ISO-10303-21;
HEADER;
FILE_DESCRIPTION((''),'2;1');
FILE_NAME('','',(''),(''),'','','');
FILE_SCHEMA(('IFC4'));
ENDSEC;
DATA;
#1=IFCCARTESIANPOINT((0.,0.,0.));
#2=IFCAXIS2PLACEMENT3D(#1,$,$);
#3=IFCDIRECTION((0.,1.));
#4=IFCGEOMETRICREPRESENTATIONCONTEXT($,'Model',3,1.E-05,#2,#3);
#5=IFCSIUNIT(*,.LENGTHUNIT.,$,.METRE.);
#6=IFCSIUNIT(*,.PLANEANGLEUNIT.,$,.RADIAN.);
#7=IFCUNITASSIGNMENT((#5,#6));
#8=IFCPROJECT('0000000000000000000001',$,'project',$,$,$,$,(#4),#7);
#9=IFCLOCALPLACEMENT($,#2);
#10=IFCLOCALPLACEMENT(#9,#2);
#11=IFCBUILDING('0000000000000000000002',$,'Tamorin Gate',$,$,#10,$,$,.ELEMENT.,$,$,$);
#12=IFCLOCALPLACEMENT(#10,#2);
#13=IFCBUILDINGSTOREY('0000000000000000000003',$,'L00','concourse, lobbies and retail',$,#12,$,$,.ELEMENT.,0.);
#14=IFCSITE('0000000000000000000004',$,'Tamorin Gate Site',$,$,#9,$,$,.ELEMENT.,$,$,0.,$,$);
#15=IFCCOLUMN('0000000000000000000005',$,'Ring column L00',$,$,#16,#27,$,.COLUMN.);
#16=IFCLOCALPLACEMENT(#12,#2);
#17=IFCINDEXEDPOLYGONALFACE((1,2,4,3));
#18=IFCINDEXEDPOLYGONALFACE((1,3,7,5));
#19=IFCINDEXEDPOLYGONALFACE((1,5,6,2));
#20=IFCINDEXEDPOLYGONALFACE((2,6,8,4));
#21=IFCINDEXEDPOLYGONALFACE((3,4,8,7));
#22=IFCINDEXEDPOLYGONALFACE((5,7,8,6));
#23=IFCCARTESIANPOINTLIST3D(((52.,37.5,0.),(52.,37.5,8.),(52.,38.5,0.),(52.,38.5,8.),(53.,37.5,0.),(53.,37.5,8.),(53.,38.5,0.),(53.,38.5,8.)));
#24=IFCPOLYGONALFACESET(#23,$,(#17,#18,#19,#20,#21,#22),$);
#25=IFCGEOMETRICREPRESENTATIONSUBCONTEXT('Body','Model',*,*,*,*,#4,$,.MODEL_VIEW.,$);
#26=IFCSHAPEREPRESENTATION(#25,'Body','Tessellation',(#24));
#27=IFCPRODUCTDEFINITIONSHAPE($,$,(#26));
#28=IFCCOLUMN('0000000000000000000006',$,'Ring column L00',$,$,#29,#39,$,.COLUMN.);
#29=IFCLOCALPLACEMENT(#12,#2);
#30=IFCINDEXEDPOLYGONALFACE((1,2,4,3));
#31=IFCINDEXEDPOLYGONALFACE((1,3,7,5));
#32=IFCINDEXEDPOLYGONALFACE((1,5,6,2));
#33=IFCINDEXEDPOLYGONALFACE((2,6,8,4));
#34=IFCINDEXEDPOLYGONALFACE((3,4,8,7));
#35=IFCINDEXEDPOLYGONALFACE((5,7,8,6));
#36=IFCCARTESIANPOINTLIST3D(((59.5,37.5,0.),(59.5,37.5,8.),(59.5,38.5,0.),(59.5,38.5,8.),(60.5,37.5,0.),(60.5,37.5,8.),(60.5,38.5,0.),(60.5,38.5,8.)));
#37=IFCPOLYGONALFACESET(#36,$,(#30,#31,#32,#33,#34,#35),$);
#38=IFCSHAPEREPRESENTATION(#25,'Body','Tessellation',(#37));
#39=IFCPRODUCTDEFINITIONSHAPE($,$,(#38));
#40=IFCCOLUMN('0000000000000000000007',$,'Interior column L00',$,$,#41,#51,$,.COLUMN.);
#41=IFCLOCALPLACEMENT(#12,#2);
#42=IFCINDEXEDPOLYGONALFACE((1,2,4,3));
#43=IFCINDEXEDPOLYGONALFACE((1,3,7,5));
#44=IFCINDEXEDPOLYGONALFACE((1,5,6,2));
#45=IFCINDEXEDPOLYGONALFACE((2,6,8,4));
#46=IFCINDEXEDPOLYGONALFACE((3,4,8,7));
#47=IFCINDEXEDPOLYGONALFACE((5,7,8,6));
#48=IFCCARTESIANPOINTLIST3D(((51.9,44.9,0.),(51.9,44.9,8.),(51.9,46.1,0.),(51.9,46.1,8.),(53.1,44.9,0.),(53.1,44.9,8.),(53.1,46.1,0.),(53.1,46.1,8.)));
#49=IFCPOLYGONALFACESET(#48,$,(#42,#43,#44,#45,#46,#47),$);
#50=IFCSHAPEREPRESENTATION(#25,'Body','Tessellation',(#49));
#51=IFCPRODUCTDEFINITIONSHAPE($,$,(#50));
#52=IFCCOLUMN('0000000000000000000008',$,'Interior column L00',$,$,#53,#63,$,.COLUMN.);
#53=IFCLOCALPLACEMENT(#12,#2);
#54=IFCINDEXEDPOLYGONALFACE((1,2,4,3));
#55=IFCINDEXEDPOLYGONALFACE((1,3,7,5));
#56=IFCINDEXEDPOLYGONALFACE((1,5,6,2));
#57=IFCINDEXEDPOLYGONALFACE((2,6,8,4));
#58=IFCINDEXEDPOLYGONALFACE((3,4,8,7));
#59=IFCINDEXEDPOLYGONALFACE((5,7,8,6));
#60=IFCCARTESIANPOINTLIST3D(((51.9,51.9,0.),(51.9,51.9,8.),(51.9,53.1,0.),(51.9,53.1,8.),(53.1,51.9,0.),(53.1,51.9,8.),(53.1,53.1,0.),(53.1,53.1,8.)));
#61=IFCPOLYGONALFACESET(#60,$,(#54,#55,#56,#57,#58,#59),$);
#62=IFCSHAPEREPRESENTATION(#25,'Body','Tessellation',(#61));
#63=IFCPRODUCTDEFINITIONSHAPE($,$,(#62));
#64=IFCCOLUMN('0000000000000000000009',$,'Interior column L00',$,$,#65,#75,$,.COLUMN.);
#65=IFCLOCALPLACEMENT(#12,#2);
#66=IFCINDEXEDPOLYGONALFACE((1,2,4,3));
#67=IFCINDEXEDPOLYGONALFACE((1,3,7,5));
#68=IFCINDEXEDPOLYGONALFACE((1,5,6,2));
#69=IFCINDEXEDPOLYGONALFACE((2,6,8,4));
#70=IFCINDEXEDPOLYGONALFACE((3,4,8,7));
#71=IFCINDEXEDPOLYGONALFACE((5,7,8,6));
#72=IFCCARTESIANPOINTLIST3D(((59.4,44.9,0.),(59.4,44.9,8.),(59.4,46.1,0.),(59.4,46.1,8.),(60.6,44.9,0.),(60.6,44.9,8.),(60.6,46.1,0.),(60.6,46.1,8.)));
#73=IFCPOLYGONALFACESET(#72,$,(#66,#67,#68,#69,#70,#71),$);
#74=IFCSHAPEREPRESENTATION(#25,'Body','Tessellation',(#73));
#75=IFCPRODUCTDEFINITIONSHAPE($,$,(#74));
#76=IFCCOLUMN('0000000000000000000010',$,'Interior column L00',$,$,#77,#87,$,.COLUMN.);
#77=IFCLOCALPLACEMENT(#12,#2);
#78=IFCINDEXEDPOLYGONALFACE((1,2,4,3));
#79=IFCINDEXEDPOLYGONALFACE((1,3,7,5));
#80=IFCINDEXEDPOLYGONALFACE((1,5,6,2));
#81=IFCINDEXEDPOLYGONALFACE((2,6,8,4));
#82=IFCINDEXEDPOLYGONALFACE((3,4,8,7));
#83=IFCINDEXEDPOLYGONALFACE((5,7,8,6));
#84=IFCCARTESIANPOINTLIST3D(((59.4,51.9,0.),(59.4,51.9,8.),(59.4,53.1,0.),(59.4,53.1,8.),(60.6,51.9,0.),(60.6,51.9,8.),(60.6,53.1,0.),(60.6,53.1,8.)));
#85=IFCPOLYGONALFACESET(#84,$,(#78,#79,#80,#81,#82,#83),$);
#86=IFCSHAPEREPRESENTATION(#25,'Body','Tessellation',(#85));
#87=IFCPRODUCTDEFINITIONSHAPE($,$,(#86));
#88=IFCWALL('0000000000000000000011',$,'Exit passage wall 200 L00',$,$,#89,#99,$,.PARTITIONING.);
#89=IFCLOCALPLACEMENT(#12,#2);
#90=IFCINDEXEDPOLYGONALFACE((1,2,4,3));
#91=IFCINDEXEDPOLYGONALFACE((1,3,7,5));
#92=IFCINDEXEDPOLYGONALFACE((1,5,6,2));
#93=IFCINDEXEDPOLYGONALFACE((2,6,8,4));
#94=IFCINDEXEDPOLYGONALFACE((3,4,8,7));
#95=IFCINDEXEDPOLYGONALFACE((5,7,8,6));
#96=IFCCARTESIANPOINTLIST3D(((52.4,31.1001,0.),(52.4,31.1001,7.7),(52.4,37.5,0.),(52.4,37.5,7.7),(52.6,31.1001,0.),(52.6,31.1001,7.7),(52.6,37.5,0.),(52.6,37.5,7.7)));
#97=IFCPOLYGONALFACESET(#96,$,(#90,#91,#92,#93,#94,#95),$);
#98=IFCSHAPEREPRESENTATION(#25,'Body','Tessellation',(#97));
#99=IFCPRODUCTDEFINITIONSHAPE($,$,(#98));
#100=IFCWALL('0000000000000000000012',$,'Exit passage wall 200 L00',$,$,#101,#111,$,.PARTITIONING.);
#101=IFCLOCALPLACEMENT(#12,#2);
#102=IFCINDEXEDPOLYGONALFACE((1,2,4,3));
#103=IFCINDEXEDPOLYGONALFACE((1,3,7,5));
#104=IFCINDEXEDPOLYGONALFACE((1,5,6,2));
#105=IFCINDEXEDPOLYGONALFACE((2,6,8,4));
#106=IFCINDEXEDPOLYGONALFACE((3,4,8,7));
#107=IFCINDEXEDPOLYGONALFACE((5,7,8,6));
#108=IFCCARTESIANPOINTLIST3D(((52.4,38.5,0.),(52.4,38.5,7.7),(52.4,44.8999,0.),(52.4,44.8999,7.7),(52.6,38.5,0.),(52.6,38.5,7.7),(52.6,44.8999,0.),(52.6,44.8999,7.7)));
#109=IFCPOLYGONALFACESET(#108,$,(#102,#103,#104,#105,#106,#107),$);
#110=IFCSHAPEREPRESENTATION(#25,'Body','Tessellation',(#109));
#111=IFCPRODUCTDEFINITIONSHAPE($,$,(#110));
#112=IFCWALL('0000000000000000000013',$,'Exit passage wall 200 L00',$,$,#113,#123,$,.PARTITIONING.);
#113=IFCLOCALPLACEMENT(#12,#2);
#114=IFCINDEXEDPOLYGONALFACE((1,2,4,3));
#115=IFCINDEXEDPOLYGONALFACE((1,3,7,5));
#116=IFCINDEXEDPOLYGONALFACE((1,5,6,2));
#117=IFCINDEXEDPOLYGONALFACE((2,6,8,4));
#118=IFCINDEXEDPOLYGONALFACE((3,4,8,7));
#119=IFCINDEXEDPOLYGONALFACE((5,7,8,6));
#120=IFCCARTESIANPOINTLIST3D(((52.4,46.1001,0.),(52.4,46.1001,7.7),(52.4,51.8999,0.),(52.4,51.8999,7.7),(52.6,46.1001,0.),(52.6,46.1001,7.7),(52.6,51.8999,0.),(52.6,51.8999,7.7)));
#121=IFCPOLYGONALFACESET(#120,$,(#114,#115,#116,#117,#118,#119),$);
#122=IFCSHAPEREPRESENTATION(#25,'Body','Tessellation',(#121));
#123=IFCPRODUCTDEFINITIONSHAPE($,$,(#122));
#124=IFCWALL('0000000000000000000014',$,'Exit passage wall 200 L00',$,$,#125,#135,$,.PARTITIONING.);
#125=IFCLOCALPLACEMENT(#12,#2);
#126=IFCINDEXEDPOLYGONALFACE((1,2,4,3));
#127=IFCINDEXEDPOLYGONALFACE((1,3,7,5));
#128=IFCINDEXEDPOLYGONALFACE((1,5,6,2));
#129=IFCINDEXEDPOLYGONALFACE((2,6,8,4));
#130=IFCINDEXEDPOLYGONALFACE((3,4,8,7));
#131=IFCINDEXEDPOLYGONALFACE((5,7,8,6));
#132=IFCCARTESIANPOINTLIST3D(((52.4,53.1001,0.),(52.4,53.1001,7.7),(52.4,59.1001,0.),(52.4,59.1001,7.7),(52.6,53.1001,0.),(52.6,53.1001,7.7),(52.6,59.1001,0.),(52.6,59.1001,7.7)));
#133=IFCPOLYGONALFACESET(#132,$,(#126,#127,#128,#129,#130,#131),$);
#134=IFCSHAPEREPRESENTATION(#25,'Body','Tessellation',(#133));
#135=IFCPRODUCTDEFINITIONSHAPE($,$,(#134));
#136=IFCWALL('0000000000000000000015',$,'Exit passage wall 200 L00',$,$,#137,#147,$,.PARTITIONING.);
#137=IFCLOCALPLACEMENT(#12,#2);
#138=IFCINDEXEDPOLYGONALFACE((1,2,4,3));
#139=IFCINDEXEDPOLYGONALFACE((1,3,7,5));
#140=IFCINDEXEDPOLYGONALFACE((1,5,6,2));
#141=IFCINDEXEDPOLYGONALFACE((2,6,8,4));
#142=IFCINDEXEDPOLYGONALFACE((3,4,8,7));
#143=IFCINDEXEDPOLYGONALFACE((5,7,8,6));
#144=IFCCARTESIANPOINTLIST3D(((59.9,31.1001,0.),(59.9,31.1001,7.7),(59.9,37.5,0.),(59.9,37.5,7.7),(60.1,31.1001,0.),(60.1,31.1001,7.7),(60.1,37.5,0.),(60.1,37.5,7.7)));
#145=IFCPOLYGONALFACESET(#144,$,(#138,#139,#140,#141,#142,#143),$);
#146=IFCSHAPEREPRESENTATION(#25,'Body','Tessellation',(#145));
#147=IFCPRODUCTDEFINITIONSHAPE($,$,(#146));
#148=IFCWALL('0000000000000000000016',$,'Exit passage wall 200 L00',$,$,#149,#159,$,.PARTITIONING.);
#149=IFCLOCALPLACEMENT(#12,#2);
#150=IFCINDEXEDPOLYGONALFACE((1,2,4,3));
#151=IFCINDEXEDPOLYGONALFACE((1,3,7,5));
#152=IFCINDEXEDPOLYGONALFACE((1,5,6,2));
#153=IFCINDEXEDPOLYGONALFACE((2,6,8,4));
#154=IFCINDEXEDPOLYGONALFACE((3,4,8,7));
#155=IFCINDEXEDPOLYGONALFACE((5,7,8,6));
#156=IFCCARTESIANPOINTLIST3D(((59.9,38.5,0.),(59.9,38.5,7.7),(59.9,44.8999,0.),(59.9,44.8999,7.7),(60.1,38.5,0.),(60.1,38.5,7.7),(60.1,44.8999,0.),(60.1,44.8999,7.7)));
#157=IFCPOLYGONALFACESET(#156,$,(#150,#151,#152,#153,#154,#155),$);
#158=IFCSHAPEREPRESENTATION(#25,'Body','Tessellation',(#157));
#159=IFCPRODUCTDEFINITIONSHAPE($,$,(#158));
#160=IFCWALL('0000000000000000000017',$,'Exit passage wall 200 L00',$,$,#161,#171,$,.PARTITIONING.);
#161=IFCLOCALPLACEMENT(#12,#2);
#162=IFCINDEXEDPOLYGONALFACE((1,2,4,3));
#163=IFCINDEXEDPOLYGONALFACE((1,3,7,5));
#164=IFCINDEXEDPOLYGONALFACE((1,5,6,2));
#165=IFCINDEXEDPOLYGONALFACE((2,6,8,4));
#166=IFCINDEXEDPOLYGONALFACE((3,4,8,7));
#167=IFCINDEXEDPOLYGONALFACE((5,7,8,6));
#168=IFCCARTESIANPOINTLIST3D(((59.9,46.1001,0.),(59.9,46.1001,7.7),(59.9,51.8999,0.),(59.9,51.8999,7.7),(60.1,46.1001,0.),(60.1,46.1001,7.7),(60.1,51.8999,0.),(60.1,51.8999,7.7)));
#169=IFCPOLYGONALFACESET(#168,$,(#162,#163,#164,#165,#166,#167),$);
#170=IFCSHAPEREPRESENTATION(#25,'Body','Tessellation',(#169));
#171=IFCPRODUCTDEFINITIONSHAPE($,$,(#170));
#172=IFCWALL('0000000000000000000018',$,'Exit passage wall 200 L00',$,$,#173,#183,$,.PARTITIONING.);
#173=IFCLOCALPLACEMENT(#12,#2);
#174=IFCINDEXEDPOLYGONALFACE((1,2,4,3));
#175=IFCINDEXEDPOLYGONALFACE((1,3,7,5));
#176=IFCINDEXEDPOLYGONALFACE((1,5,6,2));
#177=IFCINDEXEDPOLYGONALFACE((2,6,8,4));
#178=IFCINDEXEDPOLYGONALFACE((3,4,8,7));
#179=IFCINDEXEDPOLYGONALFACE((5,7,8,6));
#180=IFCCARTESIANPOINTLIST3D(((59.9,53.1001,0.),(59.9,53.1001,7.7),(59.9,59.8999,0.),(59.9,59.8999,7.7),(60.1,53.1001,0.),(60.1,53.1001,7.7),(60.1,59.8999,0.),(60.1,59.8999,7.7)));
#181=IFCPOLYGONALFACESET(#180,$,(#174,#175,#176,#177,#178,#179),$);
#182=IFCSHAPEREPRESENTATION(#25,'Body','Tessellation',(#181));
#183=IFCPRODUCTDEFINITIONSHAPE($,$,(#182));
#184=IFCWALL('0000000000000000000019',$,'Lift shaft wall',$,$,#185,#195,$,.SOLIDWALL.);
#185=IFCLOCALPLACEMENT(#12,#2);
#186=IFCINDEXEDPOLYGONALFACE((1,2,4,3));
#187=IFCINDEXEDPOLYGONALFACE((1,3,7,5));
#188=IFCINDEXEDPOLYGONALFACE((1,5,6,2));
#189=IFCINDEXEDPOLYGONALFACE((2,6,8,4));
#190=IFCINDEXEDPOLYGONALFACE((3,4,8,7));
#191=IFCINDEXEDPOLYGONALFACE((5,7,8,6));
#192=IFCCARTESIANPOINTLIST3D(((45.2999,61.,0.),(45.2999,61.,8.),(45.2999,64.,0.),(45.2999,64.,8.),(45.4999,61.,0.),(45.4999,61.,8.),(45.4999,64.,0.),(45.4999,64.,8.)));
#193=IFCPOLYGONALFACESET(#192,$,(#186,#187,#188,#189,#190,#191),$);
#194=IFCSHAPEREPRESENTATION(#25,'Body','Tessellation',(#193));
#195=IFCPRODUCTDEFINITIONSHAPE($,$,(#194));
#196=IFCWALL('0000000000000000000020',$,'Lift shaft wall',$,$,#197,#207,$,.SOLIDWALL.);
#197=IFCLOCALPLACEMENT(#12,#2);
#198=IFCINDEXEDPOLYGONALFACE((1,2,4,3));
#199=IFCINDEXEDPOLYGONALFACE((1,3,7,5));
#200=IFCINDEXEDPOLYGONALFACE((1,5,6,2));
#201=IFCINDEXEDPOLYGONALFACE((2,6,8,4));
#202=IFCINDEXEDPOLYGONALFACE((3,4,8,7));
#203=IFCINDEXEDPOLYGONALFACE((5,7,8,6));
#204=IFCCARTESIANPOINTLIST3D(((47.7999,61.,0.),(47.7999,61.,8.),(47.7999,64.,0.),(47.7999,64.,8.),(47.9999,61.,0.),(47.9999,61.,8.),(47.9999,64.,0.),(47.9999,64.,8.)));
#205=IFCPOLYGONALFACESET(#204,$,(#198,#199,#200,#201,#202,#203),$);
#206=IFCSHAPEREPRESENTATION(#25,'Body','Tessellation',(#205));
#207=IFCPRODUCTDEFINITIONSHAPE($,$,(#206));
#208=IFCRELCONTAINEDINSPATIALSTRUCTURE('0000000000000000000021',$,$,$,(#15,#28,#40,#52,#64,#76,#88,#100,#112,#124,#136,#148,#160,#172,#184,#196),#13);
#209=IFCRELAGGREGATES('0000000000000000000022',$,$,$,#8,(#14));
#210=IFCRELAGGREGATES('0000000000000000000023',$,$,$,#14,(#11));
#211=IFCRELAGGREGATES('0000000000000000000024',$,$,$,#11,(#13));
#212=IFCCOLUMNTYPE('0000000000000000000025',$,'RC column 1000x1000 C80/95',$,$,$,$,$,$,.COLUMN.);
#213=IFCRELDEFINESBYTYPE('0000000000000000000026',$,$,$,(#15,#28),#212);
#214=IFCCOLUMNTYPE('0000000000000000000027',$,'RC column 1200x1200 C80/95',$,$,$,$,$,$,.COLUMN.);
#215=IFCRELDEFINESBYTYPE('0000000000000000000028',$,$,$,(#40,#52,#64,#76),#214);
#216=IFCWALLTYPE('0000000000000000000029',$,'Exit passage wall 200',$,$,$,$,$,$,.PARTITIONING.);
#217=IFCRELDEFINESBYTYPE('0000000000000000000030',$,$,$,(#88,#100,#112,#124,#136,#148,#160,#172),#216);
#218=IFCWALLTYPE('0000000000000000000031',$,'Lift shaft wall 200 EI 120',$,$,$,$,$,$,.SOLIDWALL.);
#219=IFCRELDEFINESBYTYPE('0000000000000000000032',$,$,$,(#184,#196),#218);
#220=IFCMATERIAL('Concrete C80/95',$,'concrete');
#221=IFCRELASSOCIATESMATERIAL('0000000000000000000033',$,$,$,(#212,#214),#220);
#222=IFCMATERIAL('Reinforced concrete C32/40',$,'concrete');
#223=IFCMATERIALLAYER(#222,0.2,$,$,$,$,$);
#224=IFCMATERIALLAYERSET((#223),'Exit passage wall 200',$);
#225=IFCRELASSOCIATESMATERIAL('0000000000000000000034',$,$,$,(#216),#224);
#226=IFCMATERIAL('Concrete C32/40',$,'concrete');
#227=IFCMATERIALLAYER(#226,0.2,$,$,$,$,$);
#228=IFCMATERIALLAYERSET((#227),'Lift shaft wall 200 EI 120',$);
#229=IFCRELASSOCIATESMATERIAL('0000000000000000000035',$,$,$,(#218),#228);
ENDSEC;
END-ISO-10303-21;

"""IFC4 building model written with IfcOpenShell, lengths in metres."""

from ifc_helpers import new_model, si_unit, direction, frame, frame_2d, origin, origin_2d, place, context, subcontext, project, spatial, rectangle, extrude, material, layer, layer_set, material_profile, profile_set, type_object, element, save


model = new_model("IFC4")

# Units and contexts
model_context = context("Model", 3, precision=1e-05, world=origin(), true_north=direction((0.0, 1.0)))
body_context = subcontext(model_context, "Body", "Model", "MODEL_VIEW")
ifc_project = project(units=[si_unit("LENGTHUNIT", "METRE"), si_unit("PLANEANGLEUNIT", "RADIAN")], contexts=[model_context])

# Site, building, storey
site_placement = place(None, origin())
site = spatial("IfcSite", under=ifc_project, at=site_placement, Name="Tamorin Gate Site", CompositionType="ELEMENT", RefElevation=0.0)
building_placement = place(site_placement, origin())
building = spatial("IfcBuilding", under=site, at=building_placement, Name="Tamorin Gate", CompositionType="ELEMENT")
storey_placement = place(building_placement, origin())
storey = spatial("IfcBuildingStorey", under=building, at=storey_placement, Name="L00", Description="concourse, lobbies and retail", CompositionType="ELEMENT", Elevation=0.0)

# Columns
ifc_material_1 = material(Name="Concrete C80/95", Category="concrete")
ifc_material_profile_1 = material_profile(ifc_material_1, rectangle(XDim=1.0, YDim=1.0, at=origin_2d()), Name="RC 1000x1000")
ifc_profile_set_1 = profile_set([ifc_material_profile_1], Name="Concrete C80/95")
column_type_1 = type_object("IfcColumnType", Name="RC column 1000x1000 C80/95", PredefinedType="COLUMN", material=ifc_profile_set_1)
for number, where, z_axis, x_axis, name in (
    (1, (52.5, 38.0, 0.0), (0.0, 0.0, 1.0), (1.0, 0.0, 0.0), "Ring column L00"),
    (2, (60.0, 38.0, 0.0), (0.0, 0.0, 1.0), (1.0, 0.0, 0.0), "Ring column L00"),
):
    element("IfcColumn", number, at=place(storey_placement, frame(where, z_axis=z_axis, x_axis=x_axis)), inside=storey, type_object=column_type_1, Name=name, PredefinedType="COLUMN", context=body_context, shape_type="SweptSolid", body=[
        extrude(rectangle(XDim=1.0, YDim=1.0, at=origin_2d()), origin(), (0.0, 0.0, 1.0), 8.0),
    ])
ifc_material_profile_2 = material_profile(ifc_material_1, rectangle(XDim=1.2, YDim=1.2, at=origin_2d()), Name="RC 1200x1200")
ifc_profile_set_2 = profile_set([ifc_material_profile_2], Name="Concrete C80/95")
column_type_2 = type_object("IfcColumnType", Name="RC column 1200x1200 C80/95", PredefinedType="COLUMN", material=ifc_profile_set_2)
for number, where, z_axis, x_axis, name in (
    (3, (52.5, 45.5, 0.0), (0.0, 0.0, 1.0), (1.0, 0.0, 0.0), "Interior column L00"),
    (4, (52.5, 52.5, 0.0), (0.0, 0.0, 1.0), (1.0, 0.0, 0.0), "Interior column L00"),
    (5, (60.0, 45.5, 0.0), (0.0, 0.0, 1.0), (1.0, 0.0, 0.0), "Interior column L00"),
    (6, (60.0, 52.5, 0.0), (0.0, 0.0, 1.0), (1.0, 0.0, 0.0), "Interior column L00"),
):
    element("IfcColumn", number, at=place(storey_placement, frame(where, z_axis=z_axis, x_axis=x_axis)), inside=storey, type_object=column_type_2, Name=name, PredefinedType="COLUMN", context=body_context, shape_type="SweptSolid", body=[
        extrude(rectangle(XDim=1.2, YDim=1.2, at=origin_2d()), origin(), (0.0, 0.0, 1.0), 8.0),
    ])

# Walls
ifc_material_2 = material(Name="Reinforced concrete C32/40", Category="concrete")
ifc_layer_1 = layer(ifc_material_2, 0.2)
ifc_layer_set_1 = layer_set([ifc_layer_1], Name="Exit passage wall 200")
wall_type_1 = type_object("IfcWallType", Name="Exit passage wall 200", PredefinedType="PARTITIONING", material=ifc_layer_set_1)
for number, where, z_axis, x_axis, name in (
    (7, (52.5, 31.1001, 0.0), (0.0, 0.0, 1.0), (0.0, 1.0, 0.0), "Exit passage wall 200 L00"),
    (8, (52.5, 38.5, 0.0), (0.0, 0.0, 1.0), (0.0, 1.0, 0.0), "Exit passage wall 200 L00"),
):
    element("IfcWall", number, at=place(storey_placement, frame(where, z_axis=z_axis, x_axis=x_axis)), inside=storey, type_object=wall_type_1, Name=name, PredefinedType="PARTITIONING", context=body_context, shape_type="SweptSolid", body=[
        extrude(rectangle(XDim=6.3999, YDim=0.2, at=frame_2d((3.2, 0.0))), origin(), (0.0, 0.0, 1.0), 7.7),
    ])
wall_1_placement = place(storey_placement, frame((52.5, 46.1001, 0.0), z_axis=(0.0, 0.0, 1.0), x_axis=(0.0, 1.0, 0.0)))
element("IfcWall", 9, at=wall_1_placement, inside=storey, type_object=wall_type_1, Name="Exit passage wall 200 L00", PredefinedType="PARTITIONING", context=body_context, shape_type="SweptSolid", body=[
    extrude(rectangle(XDim=5.7998, YDim=0.2, at=frame_2d((2.8999, 0.0))), origin(), (0.0, 0.0, 1.0), 7.7),
])
wall_2_placement = place(storey_placement, frame((52.5, 53.1001, 0.0), z_axis=(0.0, 0.0, 1.0), x_axis=(0.0, 1.0, 0.0)))
element("IfcWall", 10, at=wall_2_placement, inside=storey, type_object=wall_type_1, Name="Exit passage wall 200 L00", PredefinedType="PARTITIONING", context=body_context, shape_type="SweptSolid", body=[
    extrude(rectangle(XDim=6.0, YDim=0.2, at=frame_2d((3.0, 0.0))), origin(), (0.0, 0.0, 1.0), 7.7),
])
for number, where, z_axis, x_axis, name in (
    (11, (60.0, 31.1001, 0.0), (0.0, 0.0, 1.0), (0.0, 1.0, 0.0), "Exit passage wall 200 L00"),
    (12, (60.0, 38.5, 0.0), (0.0, 0.0, 1.0), (0.0, 1.0, 0.0), "Exit passage wall 200 L00"),
):
    element("IfcWall", number, at=place(storey_placement, frame(where, z_axis=z_axis, x_axis=x_axis)), inside=storey, type_object=wall_type_1, Name=name, PredefinedType="PARTITIONING", context=body_context, shape_type="SweptSolid", body=[
        extrude(rectangle(XDim=6.3999, YDim=0.2, at=frame_2d((3.2, 0.0))), origin(), (0.0, 0.0, 1.0), 7.7),
    ])
wall_3_placement = place(storey_placement, frame((60.0, 46.1001, 0.0), z_axis=(0.0, 0.0, 1.0), x_axis=(0.0, 1.0, 0.0)))
element("IfcWall", 13, at=wall_3_placement, inside=storey, type_object=wall_type_1, Name="Exit passage wall 200 L00", PredefinedType="PARTITIONING", context=body_context, shape_type="SweptSolid", body=[
    extrude(rectangle(XDim=5.7998, YDim=0.2, at=frame_2d((2.8999, 0.0))), origin(), (0.0, 0.0, 1.0), 7.7),
])
wall_4_placement = place(storey_placement, frame((60.0, 53.1001, 0.0), z_axis=(0.0, 0.0, 1.0), x_axis=(0.0, 1.0, 0.0)))
element("IfcWall", 14, at=wall_4_placement, inside=storey, type_object=wall_type_1, Name="Exit passage wall 200 L00", PredefinedType="PARTITIONING", context=body_context, shape_type="SweptSolid", body=[
    extrude(rectangle(XDim=6.7998, YDim=0.2, at=frame_2d((3.3999, 0.0))), origin(), (0.0, 0.0, 1.0), 7.7),
])
ifc_material_3 = material(Name="Concrete C32/40", Category="concrete")
ifc_layer_2 = layer(ifc_material_3, 0.2)
ifc_layer_set_2 = layer_set([ifc_layer_2], Name="Lift shaft wall 200 EI 120")
wall_type_2 = type_object("IfcWallType", Name="Lift shaft wall 200 EI 120", PredefinedType="SOLIDWALL", material=ifc_layer_set_2)
for number, where, z_axis, x_axis, name in (
    (15, (45.3999, 61.0, 0.0), (0.0, 0.0, 1.0), (0.0, 1.0, 0.0), "Lift shaft wall"),
    (16, (47.8999, 61.0, 0.0), (0.0, 0.0, 1.0), (0.0, 1.0, 0.0), "Lift shaft wall"),
):
    element("IfcWall", number, at=place(storey_placement, frame(where, z_axis=z_axis, x_axis=x_axis)), inside=storey, type_object=wall_type_2, Name=name, PredefinedType="SOLIDWALL", context=body_context, shape_type="SweptSolid", body=[
        extrude(rectangle(XDim=3.0, YDim=0.2, at=frame_2d((1.5, 0.0))), origin(), (0.0, 0.0, 1.0), 8.0),
    ])

save(model, "model.ifc")
